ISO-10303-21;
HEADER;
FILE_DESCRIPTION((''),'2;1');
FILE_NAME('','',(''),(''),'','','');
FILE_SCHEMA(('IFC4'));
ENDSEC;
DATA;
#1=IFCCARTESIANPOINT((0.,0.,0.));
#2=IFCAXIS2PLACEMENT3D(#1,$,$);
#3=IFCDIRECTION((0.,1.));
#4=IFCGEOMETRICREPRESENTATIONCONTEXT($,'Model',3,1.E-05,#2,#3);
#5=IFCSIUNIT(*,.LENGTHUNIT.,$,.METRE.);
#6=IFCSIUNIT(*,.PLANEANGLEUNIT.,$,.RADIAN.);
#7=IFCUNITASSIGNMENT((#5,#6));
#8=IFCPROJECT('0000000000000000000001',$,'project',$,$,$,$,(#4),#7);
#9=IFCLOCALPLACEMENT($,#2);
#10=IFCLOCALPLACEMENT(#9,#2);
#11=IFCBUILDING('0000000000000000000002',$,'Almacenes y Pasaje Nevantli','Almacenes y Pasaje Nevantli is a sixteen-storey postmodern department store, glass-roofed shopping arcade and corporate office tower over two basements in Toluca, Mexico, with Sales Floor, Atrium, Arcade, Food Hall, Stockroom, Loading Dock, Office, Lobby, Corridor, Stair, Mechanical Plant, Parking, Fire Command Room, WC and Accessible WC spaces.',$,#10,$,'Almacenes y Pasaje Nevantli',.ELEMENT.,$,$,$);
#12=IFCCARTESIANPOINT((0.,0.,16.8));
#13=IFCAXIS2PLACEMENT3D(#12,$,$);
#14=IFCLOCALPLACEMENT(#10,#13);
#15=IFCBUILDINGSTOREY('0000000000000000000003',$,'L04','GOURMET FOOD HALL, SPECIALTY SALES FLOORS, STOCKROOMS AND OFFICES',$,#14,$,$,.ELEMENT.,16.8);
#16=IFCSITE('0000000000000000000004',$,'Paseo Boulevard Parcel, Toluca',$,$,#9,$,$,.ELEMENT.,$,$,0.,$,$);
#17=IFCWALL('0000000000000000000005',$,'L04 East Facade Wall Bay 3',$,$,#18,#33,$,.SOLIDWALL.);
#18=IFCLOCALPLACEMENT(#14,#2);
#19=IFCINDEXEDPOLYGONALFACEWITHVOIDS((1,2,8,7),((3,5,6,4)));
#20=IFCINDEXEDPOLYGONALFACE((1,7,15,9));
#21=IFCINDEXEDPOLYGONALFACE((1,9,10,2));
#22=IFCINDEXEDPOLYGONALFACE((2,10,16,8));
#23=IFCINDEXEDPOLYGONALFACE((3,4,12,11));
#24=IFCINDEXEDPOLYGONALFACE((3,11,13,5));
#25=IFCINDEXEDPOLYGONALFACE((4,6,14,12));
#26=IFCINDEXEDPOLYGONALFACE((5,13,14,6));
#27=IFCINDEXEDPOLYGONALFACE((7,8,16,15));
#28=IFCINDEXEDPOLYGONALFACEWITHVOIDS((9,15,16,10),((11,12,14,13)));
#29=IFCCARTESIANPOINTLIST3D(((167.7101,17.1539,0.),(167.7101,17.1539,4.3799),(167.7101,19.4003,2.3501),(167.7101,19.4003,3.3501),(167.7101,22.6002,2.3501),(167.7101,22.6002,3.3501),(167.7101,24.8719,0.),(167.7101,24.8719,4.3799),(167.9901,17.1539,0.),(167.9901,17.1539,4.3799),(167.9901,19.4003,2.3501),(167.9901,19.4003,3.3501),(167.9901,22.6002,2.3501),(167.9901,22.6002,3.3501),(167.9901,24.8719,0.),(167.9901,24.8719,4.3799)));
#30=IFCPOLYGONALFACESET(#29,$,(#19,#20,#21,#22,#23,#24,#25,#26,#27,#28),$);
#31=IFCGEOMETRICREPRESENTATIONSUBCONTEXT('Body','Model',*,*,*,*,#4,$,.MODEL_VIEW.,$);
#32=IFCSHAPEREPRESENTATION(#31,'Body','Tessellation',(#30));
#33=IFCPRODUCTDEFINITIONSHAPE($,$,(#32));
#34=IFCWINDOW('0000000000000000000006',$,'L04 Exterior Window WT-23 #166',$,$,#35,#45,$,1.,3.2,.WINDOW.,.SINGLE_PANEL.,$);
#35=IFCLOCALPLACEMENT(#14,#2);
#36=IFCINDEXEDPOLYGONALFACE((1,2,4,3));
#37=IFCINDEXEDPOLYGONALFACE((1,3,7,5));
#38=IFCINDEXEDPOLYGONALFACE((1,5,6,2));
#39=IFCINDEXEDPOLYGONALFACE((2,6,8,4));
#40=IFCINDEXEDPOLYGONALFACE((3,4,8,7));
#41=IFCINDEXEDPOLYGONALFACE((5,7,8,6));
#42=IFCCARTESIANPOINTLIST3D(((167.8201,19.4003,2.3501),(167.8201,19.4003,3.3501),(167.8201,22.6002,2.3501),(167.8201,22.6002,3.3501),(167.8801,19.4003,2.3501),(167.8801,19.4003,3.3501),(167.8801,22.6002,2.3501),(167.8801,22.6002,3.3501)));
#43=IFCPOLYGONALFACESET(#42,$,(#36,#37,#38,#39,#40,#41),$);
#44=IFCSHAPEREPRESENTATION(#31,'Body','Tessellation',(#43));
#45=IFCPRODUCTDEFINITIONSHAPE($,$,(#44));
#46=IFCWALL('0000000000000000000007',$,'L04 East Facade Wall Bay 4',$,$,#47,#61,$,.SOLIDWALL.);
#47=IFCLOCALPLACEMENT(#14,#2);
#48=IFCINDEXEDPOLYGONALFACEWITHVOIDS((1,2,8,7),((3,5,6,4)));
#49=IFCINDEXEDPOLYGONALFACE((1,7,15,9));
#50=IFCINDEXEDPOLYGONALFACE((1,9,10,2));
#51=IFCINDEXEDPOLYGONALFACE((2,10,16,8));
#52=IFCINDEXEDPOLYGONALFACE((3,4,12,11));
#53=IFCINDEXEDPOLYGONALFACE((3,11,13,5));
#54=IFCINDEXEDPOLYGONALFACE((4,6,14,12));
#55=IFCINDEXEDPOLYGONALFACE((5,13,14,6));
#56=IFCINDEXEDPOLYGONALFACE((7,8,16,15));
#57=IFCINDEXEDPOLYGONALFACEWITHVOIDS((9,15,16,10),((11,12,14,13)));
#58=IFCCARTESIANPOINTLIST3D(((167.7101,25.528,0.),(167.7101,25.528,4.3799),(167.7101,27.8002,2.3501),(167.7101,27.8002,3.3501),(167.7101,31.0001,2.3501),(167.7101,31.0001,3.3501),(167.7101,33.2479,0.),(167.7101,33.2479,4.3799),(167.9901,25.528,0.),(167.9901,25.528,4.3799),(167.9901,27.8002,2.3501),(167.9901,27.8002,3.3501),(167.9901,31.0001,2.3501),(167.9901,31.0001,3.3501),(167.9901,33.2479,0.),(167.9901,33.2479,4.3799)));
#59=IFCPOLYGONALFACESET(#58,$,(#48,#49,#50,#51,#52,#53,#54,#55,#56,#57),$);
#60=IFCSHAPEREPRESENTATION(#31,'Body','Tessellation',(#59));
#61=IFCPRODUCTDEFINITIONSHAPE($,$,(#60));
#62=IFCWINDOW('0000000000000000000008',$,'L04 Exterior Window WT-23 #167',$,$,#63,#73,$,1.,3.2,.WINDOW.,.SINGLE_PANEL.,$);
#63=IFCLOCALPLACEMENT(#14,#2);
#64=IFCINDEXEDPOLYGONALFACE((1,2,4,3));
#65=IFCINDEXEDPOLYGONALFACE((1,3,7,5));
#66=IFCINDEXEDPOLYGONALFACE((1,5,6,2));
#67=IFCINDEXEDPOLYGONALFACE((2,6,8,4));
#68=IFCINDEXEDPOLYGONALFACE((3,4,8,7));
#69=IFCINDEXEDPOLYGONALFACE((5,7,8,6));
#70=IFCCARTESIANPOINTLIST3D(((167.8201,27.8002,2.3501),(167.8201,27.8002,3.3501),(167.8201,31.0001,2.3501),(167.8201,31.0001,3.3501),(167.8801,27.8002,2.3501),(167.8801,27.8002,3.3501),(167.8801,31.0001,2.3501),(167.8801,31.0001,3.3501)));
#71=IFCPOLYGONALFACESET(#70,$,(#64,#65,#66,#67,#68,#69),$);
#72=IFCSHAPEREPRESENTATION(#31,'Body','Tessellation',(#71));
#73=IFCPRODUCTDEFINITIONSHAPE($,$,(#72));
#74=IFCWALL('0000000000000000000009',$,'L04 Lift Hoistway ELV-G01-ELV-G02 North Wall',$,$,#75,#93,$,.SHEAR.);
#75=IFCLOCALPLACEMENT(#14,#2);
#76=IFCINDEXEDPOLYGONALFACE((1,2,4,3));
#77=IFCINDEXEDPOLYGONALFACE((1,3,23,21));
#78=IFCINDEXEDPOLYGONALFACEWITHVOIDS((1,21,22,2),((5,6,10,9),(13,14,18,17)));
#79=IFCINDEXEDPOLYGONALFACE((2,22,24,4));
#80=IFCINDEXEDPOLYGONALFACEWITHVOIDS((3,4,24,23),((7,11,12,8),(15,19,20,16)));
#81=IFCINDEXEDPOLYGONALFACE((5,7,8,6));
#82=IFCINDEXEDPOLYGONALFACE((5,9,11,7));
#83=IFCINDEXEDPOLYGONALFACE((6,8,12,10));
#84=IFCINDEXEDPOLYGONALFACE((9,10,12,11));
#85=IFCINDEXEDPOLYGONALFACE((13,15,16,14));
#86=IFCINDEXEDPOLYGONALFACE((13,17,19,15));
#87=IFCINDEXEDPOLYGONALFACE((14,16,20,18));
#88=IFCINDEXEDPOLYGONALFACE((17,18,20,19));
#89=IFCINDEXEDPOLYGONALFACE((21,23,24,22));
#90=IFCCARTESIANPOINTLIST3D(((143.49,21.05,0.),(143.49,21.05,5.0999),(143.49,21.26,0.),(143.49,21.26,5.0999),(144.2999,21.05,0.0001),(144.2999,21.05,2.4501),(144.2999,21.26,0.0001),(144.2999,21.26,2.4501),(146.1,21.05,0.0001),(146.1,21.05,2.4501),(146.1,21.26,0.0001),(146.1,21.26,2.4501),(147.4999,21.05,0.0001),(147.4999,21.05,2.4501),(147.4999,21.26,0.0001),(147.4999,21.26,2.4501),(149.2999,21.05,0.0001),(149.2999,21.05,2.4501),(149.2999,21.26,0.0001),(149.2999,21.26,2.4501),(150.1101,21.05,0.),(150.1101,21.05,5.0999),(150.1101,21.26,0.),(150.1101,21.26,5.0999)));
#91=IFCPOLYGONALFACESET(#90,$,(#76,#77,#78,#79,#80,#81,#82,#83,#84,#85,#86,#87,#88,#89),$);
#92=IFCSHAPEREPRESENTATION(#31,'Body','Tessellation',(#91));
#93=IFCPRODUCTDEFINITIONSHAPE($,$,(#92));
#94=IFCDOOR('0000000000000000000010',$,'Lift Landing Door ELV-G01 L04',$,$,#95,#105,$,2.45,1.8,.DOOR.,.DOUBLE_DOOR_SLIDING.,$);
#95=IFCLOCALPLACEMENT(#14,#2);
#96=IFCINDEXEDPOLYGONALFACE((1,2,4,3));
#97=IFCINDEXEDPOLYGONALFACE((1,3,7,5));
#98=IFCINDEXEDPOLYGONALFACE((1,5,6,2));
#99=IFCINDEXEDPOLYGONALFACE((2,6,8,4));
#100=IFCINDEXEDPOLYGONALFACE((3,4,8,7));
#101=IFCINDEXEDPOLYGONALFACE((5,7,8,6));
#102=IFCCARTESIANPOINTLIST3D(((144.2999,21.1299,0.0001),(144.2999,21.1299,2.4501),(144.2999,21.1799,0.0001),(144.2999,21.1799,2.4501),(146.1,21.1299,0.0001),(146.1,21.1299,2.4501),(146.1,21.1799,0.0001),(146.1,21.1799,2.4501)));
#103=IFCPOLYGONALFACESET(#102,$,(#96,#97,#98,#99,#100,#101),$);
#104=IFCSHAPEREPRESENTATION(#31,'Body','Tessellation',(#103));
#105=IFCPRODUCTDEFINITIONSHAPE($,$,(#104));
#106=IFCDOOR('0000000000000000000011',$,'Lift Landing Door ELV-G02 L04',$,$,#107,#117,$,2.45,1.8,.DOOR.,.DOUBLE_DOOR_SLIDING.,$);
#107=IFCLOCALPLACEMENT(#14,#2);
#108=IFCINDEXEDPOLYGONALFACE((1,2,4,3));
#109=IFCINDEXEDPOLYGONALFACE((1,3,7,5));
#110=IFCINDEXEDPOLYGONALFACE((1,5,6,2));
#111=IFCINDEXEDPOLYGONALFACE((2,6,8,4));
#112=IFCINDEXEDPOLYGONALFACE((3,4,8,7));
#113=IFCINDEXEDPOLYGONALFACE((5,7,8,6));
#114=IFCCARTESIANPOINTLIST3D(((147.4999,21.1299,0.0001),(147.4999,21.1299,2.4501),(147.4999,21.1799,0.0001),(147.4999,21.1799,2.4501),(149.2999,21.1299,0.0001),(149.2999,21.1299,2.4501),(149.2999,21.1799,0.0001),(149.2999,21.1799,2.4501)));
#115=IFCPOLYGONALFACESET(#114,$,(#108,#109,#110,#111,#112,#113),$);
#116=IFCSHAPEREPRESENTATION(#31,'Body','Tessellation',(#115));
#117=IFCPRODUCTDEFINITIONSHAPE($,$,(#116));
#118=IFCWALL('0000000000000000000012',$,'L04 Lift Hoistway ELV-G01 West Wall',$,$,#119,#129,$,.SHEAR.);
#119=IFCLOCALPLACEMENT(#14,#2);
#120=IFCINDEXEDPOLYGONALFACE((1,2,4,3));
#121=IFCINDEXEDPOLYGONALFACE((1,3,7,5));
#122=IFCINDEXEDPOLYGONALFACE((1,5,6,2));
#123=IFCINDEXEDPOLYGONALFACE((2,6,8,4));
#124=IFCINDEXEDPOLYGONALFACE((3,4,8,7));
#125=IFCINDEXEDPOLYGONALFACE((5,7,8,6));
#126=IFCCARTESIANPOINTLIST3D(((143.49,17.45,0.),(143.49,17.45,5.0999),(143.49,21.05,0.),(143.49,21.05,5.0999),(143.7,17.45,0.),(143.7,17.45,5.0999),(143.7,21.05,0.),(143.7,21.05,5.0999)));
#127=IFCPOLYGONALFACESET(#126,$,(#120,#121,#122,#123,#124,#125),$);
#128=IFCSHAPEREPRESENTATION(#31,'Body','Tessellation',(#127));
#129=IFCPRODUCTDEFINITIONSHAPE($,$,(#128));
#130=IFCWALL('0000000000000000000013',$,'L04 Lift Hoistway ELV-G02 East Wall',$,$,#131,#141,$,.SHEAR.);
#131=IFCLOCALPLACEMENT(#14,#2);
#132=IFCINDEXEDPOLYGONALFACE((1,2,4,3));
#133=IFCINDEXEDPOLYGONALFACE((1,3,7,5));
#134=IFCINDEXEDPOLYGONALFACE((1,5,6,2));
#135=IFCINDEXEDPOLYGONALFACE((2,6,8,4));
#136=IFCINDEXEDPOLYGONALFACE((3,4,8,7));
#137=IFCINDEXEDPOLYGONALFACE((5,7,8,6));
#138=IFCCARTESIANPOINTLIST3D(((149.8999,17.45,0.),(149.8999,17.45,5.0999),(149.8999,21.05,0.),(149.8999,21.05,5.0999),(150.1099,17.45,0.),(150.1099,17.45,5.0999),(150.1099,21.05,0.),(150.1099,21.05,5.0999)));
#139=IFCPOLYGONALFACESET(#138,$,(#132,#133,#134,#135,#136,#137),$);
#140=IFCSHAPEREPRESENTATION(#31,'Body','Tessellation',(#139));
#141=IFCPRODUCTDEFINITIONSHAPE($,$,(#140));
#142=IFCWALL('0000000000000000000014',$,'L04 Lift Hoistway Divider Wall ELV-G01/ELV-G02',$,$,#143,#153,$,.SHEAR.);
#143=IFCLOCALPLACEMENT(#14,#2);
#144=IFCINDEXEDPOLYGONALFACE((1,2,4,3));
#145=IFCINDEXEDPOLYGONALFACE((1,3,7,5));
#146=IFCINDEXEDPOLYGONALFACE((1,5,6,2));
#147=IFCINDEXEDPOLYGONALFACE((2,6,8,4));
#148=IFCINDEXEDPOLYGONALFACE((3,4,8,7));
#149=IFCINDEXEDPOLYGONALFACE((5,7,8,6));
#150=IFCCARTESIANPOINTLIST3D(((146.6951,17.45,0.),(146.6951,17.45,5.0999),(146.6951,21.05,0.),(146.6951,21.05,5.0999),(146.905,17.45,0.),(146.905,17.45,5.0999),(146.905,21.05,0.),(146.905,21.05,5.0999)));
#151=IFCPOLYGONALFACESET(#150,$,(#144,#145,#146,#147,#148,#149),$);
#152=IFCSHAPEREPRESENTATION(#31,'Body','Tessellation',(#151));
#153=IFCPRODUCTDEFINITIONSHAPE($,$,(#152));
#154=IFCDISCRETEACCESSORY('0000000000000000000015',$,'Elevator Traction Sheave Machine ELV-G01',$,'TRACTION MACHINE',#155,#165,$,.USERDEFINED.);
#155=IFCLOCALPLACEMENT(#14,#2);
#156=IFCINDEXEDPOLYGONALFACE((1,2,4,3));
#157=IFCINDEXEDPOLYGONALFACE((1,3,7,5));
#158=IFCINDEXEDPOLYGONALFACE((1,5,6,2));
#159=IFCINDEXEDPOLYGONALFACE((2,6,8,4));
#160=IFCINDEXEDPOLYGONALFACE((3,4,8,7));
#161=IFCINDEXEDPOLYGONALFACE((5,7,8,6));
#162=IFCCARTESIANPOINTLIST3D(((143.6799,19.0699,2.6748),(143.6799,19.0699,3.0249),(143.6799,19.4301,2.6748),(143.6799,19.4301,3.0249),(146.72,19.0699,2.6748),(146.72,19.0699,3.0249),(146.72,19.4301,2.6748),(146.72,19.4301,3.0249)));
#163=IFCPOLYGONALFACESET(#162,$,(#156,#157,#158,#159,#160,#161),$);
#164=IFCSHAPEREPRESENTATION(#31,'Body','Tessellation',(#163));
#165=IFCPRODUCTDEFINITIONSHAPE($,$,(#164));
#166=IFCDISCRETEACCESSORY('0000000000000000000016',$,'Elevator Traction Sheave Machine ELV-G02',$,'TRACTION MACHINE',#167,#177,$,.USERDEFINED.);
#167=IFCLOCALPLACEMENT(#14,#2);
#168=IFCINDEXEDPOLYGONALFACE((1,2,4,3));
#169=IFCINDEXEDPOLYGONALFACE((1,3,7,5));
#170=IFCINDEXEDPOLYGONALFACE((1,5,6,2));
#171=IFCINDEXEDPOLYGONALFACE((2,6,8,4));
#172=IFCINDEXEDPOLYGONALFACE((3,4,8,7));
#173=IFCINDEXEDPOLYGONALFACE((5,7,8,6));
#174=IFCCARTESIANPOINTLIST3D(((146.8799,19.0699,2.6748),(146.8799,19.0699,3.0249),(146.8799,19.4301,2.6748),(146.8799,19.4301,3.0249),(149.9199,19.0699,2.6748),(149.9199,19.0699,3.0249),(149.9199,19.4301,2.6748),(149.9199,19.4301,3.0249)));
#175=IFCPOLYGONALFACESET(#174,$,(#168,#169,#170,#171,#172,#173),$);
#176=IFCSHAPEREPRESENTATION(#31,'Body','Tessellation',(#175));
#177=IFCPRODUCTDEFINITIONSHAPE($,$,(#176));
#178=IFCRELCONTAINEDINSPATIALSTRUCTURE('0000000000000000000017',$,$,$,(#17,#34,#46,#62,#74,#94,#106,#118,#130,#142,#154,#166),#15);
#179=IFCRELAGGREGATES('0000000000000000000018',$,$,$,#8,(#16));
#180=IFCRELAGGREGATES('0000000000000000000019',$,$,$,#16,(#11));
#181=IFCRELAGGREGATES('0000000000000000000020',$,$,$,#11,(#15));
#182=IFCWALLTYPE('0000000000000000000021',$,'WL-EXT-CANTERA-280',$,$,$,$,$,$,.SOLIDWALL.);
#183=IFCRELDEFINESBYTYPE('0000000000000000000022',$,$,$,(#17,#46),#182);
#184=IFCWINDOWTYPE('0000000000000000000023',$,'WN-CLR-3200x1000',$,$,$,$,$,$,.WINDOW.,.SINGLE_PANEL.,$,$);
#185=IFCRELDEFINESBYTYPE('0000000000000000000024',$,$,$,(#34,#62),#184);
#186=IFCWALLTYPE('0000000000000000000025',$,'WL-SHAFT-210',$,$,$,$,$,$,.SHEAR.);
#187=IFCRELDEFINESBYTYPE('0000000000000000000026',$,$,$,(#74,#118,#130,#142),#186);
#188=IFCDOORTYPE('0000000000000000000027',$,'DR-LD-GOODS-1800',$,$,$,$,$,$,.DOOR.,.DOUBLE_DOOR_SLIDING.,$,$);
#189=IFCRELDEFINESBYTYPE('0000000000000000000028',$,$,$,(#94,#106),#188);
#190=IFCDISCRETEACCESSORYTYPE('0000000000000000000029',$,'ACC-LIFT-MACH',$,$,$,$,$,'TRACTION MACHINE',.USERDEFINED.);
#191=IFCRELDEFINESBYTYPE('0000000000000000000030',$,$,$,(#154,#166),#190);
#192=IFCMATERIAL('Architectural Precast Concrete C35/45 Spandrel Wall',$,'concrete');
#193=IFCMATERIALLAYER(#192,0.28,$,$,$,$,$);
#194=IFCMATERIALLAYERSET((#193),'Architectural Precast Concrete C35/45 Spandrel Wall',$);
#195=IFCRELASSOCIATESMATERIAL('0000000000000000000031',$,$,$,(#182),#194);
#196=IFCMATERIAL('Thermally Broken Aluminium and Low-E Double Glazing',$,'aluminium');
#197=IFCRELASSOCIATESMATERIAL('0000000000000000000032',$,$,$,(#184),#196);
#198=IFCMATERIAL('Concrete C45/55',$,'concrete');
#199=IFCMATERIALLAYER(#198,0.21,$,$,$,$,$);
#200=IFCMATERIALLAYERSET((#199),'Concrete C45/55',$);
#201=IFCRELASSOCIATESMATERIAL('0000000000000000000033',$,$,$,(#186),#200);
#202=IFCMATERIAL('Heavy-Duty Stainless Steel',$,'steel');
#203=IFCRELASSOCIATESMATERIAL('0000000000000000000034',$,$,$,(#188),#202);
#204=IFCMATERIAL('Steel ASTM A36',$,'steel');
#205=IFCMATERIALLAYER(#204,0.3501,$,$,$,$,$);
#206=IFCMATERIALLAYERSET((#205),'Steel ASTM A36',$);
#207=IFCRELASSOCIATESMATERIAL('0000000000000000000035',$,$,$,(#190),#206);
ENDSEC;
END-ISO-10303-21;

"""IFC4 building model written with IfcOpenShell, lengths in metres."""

from ifc_helpers import new_model, si_unit, direction, frame, frame_2d, origin, origin_2d, place, context, subcontext, project, spatial, rectangle, extrude, material, layer, layer_set, type_object, element, fill, save


model = new_model("IFC4")

# Units and contexts
model_context = context("Model", 3, precision=1e-05, world=origin(), true_north=direction((0.0, 1.0)))
body_context = subcontext(model_context, "Body", "Model", "MODEL_VIEW")
ifc_project = project(units=[si_unit("LENGTHUNIT", "METRE"), si_unit("PLANEANGLEUNIT", "RADIAN")], contexts=[model_context])

# Site, building, storey
site_placement = place(None, origin())
site = spatial("IfcSite", under=ifc_project, at=site_placement, Name="Paseo Boulevard Parcel, Toluca", CompositionType="ELEMENT", RefElevation=0.0)
building_placement = place(site_placement, origin())
building = spatial("IfcBuilding", under=site, at=building_placement, Name="Almacenes y Pasaje Nevantli", Description="Almacenes y Pasaje Nevantli is a sixteen-storey postmodern department store, glass-roofed shopping arcade and corporate office tower over two basements in Toluca, Mexico, with Sales Floor, Atrium, Arcade, Food Hall, Stockroom, Loading Dock, Office, Lobby, Corridor, Stair, Mechanical Plant, Parking, Fire Command Room, WC and Accessible WC spaces.", LongName="Almacenes y Pasaje Nevantli", CompositionType="ELEMENT")
storey_placement = place(building_placement, frame((0.0, 0.0, 16.8)))
storey = spatial("IfcBuildingStorey", under=building, at=storey_placement, Name="L04", Description="GOURMET FOOD HALL, SPECIALTY SALES FLOORS, STOCKROOMS AND OFFICES", CompositionType="ELEMENT", Elevation=16.8)

# Walls, openings, windows
ifc_material_1 = material(Name="Architectural Precast Concrete C35/45 Spandrel Wall", Category="concrete")
ifc_layer_1 = layer(ifc_material_1, 0.28)
ifc_layer_set_1 = layer_set([ifc_layer_1], Name="Architectural Precast Concrete C35/45 Spandrel Wall")
wall_type_1 = type_object("IfcWallType", Name="WL-EXT-CANTERA-280", PredefinedType="SOLIDWALL", material=ifc_layer_set_1)
wall_1_placement = place(storey_placement, frame((167.8501, 17.1541, 0.0), z_axis=(0.0, 0.0, 1.0), x_axis=(0.0, 1.0, 0.0)))
wall_1 = element("IfcWall", 1, at=wall_1_placement, inside=storey, type_object=wall_type_1, Name="L04 East Facade Wall Bay 3", PredefinedType="SOLIDWALL", context=body_context, shape_type="SweptSolid", body=[
    extrude(rectangle(XDim=7.718, YDim=0.28, at=frame_2d((3.8589, 0.0))), origin(), (0.0, 0.0, 1.0), 4.3799),
])
opening_1_placement = place(wall_1_placement, frame((2.2461, 0.0, 2.3501)))
opening_1 = element("IfcOpeningElement", 2, at=opening_1_placement, cuts=wall_1, PredefinedType="OPENING", context=body_context, shape_type="SweptSolid", body=[
    extrude(rectangle(XDim=3.2, YDim=1.0, at=frame_2d((1.6001, 0.5))), frame((0.0, 0.1499, 0.0), z_axis=(0.0, -1.0, 0.0), x_axis=(1.0, 0.0, 0.0)), (0.0, 0.0, 1.0), 0.3),
])
ifc_material_2 = material(Name="Thermally Broken Aluminium and Low-E Double Glazing", Category="aluminium")
window_type = type_object("IfcWindowType", Name="WN-CLR-3200x1000", PartitioningType="SINGLE_PANEL", PredefinedType="WINDOW", material=ifc_material_2)
window_1_placement = place(opening_1_placement, origin())
window_1 = element("IfcWindow", 3, at=window_1_placement, inside=storey, type_object=window_type, Name="L04 Exterior Window WT-23 #166", OverallHeight=1.0, OverallWidth=3.2, PartitioningType="SINGLE_PANEL", PredefinedType="WINDOW", context=body_context, shape_type="SweptSolid", body=[
    extrude(rectangle(XDim=3.2, YDim=1.0, at=frame_2d((1.6001, 0.5))), frame((0.0, 0.03, 0.0), z_axis=(0.0, -1.0, 0.0), x_axis=(1.0, 0.0, 0.0)), (0.0, 0.0, 1.0), 0.0601),
])
fill(opening_1, window_1)
wall_2_placement = place(storey_placement, frame((167.8501, 25.5281, 0.0), z_axis=(0.0, 0.0, 1.0), x_axis=(0.0, 1.0, 0.0)))
wall_2 = element("IfcWall", 4, at=wall_2_placement, inside=storey, type_object=wall_type_1, Name="L04 East Facade Wall Bay 4", PredefinedType="SOLIDWALL", context=body_context, shape_type="SweptSolid", body=[
    extrude(rectangle(XDim=7.72, YDim=0.28, at=frame_2d((3.8599, 0.0))), origin(), (0.0, 0.0, 1.0), 4.3799),
])
opening_2_placement = place(wall_2_placement, frame((2.272, 0.0, 2.3501)))
opening_2 = element("IfcOpeningElement", 5, at=opening_2_placement, cuts=wall_2, PredefinedType="OPENING", context=body_context, shape_type="SweptSolid", body=[
    extrude(rectangle(XDim=3.2, YDim=1.0, at=frame_2d((1.6001, 0.5))), frame((0.0, 0.1499, 0.0), z_axis=(0.0, -1.0, 0.0), x_axis=(1.0, 0.0, 0.0)), (0.0, 0.0, 1.0), 0.3),
])
window_2_placement = place(opening_2_placement, origin())
window_2 = element("IfcWindow", 6, at=window_2_placement, inside=storey, type_object=window_type, Name="L04 Exterior Window WT-23 #167", OverallHeight=1.0, OverallWidth=3.2, PartitioningType="SINGLE_PANEL", PredefinedType="WINDOW", context=body_context, shape_type="SweptSolid", body=[
    extrude(rectangle(XDim=3.2, YDim=1.0, at=frame_2d((1.6001, 0.5))), frame((0.0, 0.03, 0.0), z_axis=(0.0, -1.0, 0.0), x_axis=(1.0, 0.0, 0.0)), (0.0, 0.0, 1.0), 0.0601),
])
fill(opening_2, window_2)

# Wall, openings, doors
ifc_material_3 = material(Name="Concrete C45/55", Category="concrete")
ifc_layer_2 = layer(ifc_material_3, 0.21)
ifc_layer_set_2 = layer_set([ifc_layer_2], Name="Concrete C45/55")
wall_type_2 = type_object("IfcWallType", Name="WL-SHAFT-210", PredefinedType="SHEAR", material=ifc_layer_set_2)
wall_3_placement = place(storey_placement, frame((143.49, 21.155, 0.0), z_axis=(0.0, 0.0, 1.0), x_axis=(1.0, 0.0, 0.0)))
wall_3 = element("IfcWall", 7, at=wall_3_placement, inside=storey, type_object=wall_type_2, Name="L04 Lift Hoistway ELV-G01-ELV-G02 North Wall", PredefinedType="SHEAR", context=body_context, shape_type="SweptSolid", body=[
    extrude(rectangle(XDim=6.6201, YDim=0.21, at=frame_2d((3.3101, 0.0))), origin(), (0.0, 0.0, 1.0), 5.0999),
])
opening_3_placement = place(wall_3_placement, frame((0.8101, 0.0, 0.0)))
opening_3 = element("IfcOpeningElement", 8, at=opening_3_placement, cuts=wall_3, PredefinedType="OPENING", context=body_context, shape_type="SweptSolid", body=[
    extrude(rectangle(XDim=1.8, YDim=2.45, at=frame_2d((0.8999, 1.2251))), frame((0.0, 0.115, 0.0), z_axis=(0.0, -1.0, 0.0), x_axis=(1.0, 0.0, 0.0)), (0.0, 0.0, 1.0), 0.23),
])
opening_4_placement = place(wall_3_placement, frame((4.01, 0.0, 0.0)))
opening_4 = element("IfcOpeningElement", 9, at=opening_4_placement, cuts=wall_3, PredefinedType="OPENING", context=body_context, shape_type="SweptSolid", body=[
    extrude(rectangle(XDim=1.8, YDim=2.45, at=frame_2d((0.8999, 1.2251))), frame((0.0, 0.115, 0.0), z_axis=(0.0, -1.0, 0.0), x_axis=(1.0, 0.0, 0.0)), (0.0, 0.0, 1.0), 0.23),
])
ifc_material_4 = material(Name="Heavy-Duty Stainless Steel", Category="steel")
door_type = type_object("IfcDoorType", Name="DR-LD-GOODS-1800", OperationType="DOUBLE_DOOR_SLIDING", PredefinedType="DOOR", material=ifc_material_4)
door_1_placement = place(opening_3_placement, origin())
door_1 = element("IfcDoor", 10, at=door_1_placement, inside=storey, type_object=door_type, Name="Lift Landing Door ELV-G01 L04", OperationType="DOUBLE_DOOR_SLIDING", OverallHeight=2.45, OverallWidth=1.8, PredefinedType="DOOR", context=body_context, shape_type="SweptSolid", body=[
    extrude(rectangle(XDim=1.8, YDim=2.45, at=frame_2d((0.8999, 1.2251))), frame((0.0, 0.0249, 0.0), z_axis=(0.0, -1.0, 0.0), x_axis=(1.0, 0.0, 0.0)), (0.0, 0.0, 1.0), 0.05),
])
fill(opening_3, door_1)
door_2_placement = place(opening_4_placement, origin())
door_2 = element("IfcDoor", 11, at=door_2_placement, inside=storey, type_object=door_type, Name="Lift Landing Door ELV-G02 L04", OperationType="DOUBLE_DOOR_SLIDING", OverallHeight=2.45, OverallWidth=1.8, PredefinedType="DOOR", context=body_context, shape_type="SweptSolid", body=[
    extrude(rectangle(XDim=1.8, YDim=2.45, at=frame_2d((0.8999, 1.2251))), frame((0.0, 0.0249, 0.0), z_axis=(0.0, -1.0, 0.0), x_axis=(1.0, 0.0, 0.0)), (0.0, 0.0, 1.0), 0.05),
])
fill(opening_4, door_2)

# Walls
for number, where, z_axis, x_axis, name in (
    (12, (143.595, 17.45, 0.0), (0.0, 0.0, 1.0), (0.0, 1.0, 0.0), "L04 Lift Hoistway ELV-G01 West Wall"),
    (13, (150.0049, 17.45, 0.0), (0.0, 0.0, 1.0), (0.0, 1.0, 0.0), "L04 Lift Hoistway ELV-G02 East Wall"),
    (14, (146.8, 17.45, 0.0), (0.0, 0.0, 1.0), (0.0, 1.0, 0.0), "L04 Lift Hoistway Divider Wall ELV-G01/ELV-G02"),
):
    element("IfcWall", number, at=place(storey_placement, frame(where, z_axis=z_axis, x_axis=x_axis)), inside=storey, type_object=wall_type_2, Name=name, PredefinedType="SHEAR", context=body_context, shape_type="SweptSolid", body=[
        extrude(rectangle(XDim=3.6001, YDim=0.21, at=frame_2d((1.8, 0.0))), origin(), (0.0, 0.0, 1.0), 5.0999),
    ])

# Discrete accessories
ifc_material_5 = material(Name="Steel ASTM A36", Category="steel")
ifc_layer_3 = layer(ifc_material_5, 0.3501)
ifc_layer_set_3 = layer_set([ifc_layer_3], Name="Steel ASTM A36")
discrete_accessory_type = type_object("IfcDiscreteAccessoryType", Name="ACC-LIFT-MACH", ElementType="TRACTION MACHINE", PredefinedType="USERDEFINED", material=ifc_layer_set_3)
for number, where, z_axis, x_axis, name in (
    (15, (145.2, 19.25, 2.6748), (0.0, 0.0, 1.0), (1.0, 0.0, 0.0), "Elevator Traction Sheave Machine ELV-G01"),
    (16, (148.3999, 19.25, 2.6748), (0.0, 0.0, 1.0), (1.0, 0.0, 0.0), "Elevator Traction Sheave Machine ELV-G02"),
):
    element("IfcDiscreteAccessory", number, at=place(storey_placement, frame(where, z_axis=z_axis, x_axis=x_axis)), inside=storey, type_object=discrete_accessory_type, Name=name, ObjectType="TRACTION MACHINE", PredefinedType="USERDEFINED", context=body_context, shape_type="SweptSolid", body=[
        extrude(rectangle(XDim=3.04, YDim=0.3601, at=origin_2d()), origin(), (0.0, 0.0, 1.0), 0.3501),
    ])

save(model, "model.ifc")
